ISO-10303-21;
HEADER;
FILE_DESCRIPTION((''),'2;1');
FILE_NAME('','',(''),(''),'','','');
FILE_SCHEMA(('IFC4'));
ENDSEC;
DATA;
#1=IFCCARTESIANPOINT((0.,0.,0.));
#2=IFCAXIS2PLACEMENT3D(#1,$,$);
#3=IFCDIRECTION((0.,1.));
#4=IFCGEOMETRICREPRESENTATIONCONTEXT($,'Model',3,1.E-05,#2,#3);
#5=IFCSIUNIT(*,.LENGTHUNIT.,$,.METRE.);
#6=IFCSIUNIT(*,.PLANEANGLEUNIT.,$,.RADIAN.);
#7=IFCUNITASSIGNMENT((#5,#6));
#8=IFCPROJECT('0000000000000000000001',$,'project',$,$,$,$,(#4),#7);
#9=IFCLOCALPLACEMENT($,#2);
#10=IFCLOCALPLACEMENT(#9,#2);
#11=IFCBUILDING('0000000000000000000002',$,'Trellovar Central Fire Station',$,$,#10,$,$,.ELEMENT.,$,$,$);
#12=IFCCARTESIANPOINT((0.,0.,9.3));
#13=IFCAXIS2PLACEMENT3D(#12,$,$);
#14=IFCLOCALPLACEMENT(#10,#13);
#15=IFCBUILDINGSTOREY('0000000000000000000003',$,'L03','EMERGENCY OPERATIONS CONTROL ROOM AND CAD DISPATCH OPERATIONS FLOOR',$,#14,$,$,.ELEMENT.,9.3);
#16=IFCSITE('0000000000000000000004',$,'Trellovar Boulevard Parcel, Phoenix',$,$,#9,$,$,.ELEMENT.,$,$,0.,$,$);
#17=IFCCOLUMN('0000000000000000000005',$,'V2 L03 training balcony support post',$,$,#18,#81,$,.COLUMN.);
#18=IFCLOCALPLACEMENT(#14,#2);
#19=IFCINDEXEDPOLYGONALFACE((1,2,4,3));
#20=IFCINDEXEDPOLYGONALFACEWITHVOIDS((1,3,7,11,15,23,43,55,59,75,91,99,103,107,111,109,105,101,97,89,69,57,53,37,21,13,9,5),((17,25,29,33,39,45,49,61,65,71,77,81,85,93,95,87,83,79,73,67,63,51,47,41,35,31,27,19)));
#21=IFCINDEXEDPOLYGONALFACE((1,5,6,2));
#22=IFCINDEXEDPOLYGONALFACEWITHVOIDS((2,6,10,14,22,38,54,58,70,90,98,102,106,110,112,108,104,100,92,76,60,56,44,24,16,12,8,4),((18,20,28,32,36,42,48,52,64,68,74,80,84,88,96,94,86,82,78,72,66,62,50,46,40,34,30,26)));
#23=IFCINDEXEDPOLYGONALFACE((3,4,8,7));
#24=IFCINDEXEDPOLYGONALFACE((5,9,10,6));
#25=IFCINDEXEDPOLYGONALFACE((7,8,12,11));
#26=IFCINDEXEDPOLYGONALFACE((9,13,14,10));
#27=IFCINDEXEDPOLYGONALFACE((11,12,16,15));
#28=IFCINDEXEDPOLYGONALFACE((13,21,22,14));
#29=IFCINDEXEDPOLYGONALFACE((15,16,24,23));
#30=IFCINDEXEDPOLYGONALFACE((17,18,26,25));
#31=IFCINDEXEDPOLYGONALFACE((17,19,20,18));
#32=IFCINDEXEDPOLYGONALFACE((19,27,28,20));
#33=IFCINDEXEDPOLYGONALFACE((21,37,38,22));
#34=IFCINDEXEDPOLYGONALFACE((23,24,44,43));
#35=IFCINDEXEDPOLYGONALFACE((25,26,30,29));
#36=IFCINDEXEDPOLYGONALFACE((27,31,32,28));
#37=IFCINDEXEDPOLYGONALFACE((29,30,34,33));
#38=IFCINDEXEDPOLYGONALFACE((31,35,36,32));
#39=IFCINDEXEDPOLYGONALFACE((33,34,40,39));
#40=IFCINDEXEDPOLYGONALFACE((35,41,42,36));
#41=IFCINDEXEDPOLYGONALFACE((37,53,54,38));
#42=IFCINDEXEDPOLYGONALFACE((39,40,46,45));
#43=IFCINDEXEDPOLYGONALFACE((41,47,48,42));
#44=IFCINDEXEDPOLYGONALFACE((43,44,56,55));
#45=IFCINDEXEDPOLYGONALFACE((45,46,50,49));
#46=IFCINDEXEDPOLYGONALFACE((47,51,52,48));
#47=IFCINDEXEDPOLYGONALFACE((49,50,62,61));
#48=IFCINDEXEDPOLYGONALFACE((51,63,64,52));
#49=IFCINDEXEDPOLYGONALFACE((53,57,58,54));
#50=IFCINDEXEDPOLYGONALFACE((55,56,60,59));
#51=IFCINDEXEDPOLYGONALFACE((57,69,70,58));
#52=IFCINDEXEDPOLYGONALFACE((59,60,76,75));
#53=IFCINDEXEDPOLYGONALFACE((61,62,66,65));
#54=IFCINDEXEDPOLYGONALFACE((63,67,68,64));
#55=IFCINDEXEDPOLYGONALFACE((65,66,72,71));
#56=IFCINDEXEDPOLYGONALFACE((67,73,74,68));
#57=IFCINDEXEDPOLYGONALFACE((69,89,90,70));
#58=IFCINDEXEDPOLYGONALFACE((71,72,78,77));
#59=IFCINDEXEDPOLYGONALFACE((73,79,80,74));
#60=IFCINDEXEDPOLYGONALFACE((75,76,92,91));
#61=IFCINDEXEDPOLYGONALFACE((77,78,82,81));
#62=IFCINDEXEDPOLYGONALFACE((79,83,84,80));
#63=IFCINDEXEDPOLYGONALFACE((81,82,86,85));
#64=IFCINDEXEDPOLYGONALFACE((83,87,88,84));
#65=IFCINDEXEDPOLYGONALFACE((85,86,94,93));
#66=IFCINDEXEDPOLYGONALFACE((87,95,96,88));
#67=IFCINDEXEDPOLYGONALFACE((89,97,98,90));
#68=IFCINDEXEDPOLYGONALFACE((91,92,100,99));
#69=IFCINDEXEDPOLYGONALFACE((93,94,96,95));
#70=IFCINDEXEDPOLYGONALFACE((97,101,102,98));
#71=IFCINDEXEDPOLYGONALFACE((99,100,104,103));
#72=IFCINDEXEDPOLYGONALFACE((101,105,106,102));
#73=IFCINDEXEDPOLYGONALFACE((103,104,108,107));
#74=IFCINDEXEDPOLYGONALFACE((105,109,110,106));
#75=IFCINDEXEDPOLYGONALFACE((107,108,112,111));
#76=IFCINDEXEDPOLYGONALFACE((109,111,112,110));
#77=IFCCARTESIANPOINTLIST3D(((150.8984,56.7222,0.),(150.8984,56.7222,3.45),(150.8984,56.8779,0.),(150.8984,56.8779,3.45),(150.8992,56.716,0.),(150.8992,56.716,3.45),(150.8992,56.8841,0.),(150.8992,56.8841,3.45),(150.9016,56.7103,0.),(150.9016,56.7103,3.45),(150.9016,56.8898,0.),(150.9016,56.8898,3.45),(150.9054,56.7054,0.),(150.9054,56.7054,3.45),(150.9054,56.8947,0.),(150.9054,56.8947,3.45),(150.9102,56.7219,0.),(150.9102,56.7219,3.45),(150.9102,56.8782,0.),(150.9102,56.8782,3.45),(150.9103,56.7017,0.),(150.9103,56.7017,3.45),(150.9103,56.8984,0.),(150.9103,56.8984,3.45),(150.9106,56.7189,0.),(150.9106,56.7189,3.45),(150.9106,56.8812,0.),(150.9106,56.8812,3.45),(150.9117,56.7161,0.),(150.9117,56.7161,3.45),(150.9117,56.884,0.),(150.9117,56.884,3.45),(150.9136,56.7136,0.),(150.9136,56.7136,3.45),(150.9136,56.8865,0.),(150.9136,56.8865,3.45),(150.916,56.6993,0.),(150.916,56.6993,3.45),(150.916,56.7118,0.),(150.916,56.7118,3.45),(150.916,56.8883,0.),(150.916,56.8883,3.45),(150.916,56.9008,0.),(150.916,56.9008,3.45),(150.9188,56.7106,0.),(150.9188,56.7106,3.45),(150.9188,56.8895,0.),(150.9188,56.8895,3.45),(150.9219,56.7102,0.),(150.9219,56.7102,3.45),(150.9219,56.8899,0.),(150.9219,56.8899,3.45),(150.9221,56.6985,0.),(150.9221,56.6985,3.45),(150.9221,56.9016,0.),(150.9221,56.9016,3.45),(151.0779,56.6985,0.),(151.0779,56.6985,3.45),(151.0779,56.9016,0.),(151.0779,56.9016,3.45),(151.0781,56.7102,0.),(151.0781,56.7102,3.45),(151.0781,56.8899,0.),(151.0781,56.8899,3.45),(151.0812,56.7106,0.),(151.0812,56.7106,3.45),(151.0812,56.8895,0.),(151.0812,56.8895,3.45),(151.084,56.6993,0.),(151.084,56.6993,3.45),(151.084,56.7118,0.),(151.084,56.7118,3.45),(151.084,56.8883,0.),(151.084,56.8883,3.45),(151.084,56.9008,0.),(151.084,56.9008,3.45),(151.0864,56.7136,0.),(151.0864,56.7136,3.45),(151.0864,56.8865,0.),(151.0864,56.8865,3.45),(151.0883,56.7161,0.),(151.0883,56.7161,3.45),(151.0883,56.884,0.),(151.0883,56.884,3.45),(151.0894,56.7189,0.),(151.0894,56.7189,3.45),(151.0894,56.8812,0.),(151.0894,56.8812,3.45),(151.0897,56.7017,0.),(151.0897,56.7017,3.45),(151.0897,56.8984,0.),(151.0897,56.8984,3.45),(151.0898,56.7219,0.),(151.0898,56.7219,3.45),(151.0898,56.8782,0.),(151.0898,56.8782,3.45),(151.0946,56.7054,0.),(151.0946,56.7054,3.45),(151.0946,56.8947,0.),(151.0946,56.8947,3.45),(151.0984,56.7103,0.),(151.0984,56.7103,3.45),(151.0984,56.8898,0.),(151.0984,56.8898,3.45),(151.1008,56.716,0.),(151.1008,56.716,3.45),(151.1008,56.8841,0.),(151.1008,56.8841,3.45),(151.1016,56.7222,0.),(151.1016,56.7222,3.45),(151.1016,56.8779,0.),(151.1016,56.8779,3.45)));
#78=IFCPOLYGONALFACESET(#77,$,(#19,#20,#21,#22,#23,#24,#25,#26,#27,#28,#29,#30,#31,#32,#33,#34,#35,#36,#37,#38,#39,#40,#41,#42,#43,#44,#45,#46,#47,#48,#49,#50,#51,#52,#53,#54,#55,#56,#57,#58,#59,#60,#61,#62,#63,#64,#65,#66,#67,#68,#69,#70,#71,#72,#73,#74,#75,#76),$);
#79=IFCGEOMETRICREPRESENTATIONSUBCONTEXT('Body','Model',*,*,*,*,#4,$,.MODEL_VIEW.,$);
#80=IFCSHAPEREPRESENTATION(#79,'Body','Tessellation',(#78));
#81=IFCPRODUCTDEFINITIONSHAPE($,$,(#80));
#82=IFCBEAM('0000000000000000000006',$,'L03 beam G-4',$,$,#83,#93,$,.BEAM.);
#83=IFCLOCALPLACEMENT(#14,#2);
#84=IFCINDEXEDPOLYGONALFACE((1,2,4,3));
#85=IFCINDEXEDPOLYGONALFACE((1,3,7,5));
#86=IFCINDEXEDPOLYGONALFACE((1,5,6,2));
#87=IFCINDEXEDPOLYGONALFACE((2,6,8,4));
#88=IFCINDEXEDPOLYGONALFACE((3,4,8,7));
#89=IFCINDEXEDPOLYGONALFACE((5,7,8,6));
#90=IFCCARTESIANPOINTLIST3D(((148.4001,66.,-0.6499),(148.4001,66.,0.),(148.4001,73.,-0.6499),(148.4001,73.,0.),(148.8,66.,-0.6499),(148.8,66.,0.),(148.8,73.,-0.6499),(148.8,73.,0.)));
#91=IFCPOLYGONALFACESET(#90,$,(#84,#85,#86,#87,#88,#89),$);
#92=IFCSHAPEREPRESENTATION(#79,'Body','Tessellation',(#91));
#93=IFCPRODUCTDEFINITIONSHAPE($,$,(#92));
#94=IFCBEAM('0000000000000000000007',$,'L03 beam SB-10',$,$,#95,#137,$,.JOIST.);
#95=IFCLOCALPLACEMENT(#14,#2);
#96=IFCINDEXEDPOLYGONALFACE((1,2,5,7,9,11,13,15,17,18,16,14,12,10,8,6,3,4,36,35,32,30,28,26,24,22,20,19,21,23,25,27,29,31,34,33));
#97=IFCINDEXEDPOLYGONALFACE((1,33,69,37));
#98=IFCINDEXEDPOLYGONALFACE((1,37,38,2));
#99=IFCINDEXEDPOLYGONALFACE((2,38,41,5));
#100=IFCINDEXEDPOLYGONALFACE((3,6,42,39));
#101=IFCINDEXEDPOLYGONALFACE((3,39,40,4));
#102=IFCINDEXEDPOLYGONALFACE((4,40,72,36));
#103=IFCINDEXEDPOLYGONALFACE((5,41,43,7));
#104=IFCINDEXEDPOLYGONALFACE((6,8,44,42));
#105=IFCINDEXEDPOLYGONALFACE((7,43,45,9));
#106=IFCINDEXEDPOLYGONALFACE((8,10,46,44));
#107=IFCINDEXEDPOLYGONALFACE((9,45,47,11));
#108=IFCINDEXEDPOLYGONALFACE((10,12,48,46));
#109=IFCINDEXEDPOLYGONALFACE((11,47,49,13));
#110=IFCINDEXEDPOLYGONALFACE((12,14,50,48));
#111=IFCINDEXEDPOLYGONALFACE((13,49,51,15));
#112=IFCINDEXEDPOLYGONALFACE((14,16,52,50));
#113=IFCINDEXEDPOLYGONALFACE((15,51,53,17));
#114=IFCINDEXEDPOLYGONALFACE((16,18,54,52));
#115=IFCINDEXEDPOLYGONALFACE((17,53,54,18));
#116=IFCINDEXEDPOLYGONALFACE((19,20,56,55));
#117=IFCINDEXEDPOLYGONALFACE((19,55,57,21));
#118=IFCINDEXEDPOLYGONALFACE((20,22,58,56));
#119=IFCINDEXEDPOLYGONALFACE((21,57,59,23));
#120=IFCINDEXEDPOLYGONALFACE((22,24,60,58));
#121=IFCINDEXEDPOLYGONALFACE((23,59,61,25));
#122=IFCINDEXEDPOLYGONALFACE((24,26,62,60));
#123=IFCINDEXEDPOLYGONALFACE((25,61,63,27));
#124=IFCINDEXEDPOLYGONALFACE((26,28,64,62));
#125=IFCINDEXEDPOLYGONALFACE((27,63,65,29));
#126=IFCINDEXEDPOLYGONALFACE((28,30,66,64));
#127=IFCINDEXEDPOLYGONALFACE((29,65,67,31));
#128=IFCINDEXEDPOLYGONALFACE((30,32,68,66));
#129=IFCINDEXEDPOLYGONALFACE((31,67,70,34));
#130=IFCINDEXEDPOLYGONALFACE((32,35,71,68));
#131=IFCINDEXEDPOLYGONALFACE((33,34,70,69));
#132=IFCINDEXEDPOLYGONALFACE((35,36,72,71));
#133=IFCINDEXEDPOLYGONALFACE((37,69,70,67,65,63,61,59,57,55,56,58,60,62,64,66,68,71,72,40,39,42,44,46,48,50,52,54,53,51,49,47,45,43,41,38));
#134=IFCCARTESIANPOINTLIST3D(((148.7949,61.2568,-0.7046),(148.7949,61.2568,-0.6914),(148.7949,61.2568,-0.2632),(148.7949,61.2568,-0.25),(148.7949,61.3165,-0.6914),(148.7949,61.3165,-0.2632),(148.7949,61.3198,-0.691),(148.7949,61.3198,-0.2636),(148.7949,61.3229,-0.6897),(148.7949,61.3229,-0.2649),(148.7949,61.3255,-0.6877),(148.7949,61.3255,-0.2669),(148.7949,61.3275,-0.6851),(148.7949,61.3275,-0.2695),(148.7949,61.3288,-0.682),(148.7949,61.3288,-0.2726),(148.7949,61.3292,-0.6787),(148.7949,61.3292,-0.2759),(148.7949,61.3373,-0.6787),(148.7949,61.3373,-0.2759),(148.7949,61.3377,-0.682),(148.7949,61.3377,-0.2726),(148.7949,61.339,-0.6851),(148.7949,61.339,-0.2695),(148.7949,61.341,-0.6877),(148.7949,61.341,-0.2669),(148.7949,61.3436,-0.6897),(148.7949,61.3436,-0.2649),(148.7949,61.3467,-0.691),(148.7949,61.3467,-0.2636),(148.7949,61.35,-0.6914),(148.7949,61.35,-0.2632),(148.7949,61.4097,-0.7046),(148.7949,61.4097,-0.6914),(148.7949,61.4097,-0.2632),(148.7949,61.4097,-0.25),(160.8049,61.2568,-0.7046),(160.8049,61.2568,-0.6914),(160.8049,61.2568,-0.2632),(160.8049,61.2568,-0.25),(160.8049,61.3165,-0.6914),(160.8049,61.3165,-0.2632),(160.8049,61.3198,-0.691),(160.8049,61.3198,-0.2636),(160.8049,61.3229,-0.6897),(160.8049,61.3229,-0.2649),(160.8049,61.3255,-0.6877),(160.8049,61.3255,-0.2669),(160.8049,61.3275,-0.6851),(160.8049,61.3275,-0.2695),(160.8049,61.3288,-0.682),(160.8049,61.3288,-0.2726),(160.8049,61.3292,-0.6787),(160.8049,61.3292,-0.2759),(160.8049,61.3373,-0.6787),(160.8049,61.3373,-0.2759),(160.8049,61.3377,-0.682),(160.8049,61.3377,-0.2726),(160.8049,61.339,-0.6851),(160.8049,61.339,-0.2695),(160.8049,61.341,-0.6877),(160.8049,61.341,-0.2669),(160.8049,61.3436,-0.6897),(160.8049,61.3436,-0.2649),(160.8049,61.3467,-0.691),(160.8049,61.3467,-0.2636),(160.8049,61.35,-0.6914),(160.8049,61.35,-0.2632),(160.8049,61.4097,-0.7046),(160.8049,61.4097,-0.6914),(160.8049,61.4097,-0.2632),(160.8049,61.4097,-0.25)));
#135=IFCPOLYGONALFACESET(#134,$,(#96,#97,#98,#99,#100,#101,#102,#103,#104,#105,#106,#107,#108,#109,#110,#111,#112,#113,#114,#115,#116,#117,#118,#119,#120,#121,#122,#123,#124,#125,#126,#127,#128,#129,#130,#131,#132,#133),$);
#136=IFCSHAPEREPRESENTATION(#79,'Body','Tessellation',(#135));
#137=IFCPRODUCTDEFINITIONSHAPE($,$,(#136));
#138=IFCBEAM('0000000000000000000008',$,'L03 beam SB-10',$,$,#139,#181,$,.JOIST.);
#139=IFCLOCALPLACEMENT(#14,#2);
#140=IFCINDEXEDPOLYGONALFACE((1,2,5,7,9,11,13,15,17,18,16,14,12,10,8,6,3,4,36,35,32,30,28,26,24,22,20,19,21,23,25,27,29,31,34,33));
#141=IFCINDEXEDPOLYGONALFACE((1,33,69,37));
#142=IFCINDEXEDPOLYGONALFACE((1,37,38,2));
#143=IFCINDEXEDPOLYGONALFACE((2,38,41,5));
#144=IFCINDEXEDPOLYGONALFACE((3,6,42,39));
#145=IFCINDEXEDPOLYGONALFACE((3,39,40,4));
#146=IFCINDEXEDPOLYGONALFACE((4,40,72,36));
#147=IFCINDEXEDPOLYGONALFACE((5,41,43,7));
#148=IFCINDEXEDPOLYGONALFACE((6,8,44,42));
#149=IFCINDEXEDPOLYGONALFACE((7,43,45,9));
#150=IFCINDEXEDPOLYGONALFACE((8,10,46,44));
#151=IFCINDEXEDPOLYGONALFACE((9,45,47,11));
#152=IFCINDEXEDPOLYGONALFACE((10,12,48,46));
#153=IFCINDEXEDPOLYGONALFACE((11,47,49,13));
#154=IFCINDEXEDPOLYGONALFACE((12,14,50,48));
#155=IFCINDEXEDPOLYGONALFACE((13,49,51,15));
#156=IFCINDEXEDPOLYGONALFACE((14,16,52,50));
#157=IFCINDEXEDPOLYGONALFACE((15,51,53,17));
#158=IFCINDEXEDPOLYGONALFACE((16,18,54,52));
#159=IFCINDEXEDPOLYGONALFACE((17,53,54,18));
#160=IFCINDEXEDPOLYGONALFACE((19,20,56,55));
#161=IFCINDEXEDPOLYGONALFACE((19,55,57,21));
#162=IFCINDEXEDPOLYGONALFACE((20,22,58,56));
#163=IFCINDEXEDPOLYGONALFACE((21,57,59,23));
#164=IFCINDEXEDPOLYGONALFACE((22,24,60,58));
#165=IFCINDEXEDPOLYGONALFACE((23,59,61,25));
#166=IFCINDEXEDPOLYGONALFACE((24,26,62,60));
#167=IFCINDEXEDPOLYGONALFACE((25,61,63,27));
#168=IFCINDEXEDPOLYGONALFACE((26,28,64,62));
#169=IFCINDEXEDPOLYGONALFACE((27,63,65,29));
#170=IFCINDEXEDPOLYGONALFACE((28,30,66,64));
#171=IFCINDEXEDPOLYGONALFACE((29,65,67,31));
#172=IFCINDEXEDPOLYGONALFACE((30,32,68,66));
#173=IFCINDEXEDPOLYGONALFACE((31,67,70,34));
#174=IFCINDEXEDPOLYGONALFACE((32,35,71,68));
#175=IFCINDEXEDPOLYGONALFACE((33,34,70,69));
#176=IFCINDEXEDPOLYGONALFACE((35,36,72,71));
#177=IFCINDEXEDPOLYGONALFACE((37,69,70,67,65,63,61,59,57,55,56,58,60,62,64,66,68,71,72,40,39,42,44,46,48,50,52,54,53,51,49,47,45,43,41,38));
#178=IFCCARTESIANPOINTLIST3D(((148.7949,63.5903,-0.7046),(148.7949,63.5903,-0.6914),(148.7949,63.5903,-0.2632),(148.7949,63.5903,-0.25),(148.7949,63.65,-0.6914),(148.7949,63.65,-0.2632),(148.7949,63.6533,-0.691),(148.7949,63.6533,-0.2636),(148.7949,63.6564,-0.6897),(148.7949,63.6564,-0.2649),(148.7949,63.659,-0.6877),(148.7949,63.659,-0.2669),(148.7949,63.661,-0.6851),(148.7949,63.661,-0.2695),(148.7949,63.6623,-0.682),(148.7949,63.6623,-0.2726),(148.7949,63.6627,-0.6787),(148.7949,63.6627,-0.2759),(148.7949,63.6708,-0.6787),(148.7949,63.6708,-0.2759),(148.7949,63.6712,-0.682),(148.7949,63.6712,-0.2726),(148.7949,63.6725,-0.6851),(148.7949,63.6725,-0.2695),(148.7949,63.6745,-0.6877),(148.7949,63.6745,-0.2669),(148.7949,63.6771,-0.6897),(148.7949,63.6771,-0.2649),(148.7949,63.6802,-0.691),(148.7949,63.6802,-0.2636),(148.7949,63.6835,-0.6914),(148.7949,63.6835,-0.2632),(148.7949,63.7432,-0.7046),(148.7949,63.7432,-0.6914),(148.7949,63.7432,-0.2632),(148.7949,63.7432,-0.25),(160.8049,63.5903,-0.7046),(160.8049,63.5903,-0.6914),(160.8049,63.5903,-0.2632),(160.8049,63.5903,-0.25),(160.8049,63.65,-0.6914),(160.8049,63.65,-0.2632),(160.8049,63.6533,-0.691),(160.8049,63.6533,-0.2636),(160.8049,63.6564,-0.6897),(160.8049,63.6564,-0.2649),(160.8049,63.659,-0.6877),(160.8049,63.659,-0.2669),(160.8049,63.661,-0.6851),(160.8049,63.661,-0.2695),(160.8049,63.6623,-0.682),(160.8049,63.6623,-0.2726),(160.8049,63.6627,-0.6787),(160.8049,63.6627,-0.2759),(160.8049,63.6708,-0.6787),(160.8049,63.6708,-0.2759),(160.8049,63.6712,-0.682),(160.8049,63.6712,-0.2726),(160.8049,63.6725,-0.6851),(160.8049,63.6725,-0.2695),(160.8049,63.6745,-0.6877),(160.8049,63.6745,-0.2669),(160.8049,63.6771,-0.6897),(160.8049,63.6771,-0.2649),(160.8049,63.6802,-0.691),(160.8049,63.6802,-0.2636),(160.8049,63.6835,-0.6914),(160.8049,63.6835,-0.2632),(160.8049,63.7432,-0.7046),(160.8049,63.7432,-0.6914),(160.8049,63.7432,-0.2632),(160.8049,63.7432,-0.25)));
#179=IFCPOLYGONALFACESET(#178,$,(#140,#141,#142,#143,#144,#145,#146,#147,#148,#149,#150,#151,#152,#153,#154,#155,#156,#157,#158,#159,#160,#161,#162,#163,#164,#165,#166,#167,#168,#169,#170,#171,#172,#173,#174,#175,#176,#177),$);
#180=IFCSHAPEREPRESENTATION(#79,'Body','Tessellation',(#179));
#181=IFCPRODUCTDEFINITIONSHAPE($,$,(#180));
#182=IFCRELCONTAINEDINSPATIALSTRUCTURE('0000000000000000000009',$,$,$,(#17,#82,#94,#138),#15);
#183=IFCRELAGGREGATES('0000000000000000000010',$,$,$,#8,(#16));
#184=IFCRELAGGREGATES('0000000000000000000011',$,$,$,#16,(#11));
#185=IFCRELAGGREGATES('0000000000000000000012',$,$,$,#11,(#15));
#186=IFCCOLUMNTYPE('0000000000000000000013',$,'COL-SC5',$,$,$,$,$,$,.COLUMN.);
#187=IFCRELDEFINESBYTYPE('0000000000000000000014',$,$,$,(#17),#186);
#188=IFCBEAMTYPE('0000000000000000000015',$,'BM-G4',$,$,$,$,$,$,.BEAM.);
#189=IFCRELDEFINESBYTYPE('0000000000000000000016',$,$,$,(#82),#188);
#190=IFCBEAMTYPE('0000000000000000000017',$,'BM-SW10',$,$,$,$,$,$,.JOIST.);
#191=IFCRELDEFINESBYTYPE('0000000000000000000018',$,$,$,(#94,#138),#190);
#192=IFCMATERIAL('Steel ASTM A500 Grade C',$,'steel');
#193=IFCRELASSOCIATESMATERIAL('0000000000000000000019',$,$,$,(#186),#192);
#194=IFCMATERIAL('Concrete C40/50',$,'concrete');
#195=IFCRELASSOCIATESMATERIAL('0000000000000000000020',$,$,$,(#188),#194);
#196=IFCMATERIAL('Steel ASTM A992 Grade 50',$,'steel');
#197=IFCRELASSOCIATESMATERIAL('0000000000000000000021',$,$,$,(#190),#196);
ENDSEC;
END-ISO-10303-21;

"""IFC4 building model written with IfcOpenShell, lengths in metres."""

from ifc_helpers import new_model, si_unit, direction, frame, origin, origin_2d, place, context, subcontext, project, spatial, rectangle, hollow_rectangle, i_section, extrude, material, material_profile, profile_set, type_object, element, save


model = new_model("IFC4")

# Units and contexts
model_context = context("Model", 3, precision=1e-05, world=origin(), true_north=direction((0.0, 1.0)))
body_context = subcontext(model_context, "Body", "Model", "MODEL_VIEW")
ifc_project = project(units=[si_unit("LENGTHUNIT", "METRE"), si_unit("PLANEANGLEUNIT", "RADIAN")], contexts=[model_context])

# Site, building, storey
site_placement = place(None, origin())
site = spatial("IfcSite", under=ifc_project, at=site_placement, Name="Trellovar Boulevard Parcel, Phoenix", CompositionType="ELEMENT", RefElevation=0.0)
building_placement = place(site_placement, origin())
building = spatial("IfcBuilding", under=site, at=building_placement, Name="Trellovar Central Fire Station", CompositionType="ELEMENT")
storey_placement = place(building_placement, frame((0.0, 0.0, 9.3)))
storey = spatial("IfcBuildingStorey", under=building, at=storey_placement, Name="L03", Description="EMERGENCY OPERATIONS CONTROL ROOM AND CAD DISPATCH OPERATIONS FLOOR", CompositionType="ELEMENT", Elevation=9.3)

# Column
ifc_material_1 = material(Name="Steel ASTM A500 Grade C", Category="steel")
ifc_material_profile_1 = material_profile(ifc_material_1, hollow_rectangle(XDim=0.2031, YDim=0.2031, WallThickness=0.0117, InnerFilletRadius=0.0117, OuterFilletRadius=0.0237, at=origin_2d()), Name="HSS8X8X1/2")
ifc_profile_set_1 = profile_set([ifc_material_profile_1], Name="Steel ASTM A500 Grade C")
column_type = type_object("IfcColumnType", Name="COL-SC5", PredefinedType="COLUMN", material=ifc_profile_set_1)
column_placement = place(storey_placement, frame((151.0, 56.8, 0.0), z_axis=(0.0, 0.0, 1.0), x_axis=(1.0, 0.0, 0.0)))
element("IfcColumn", 1, at=column_placement, inside=storey, type_object=column_type, Name="V2 L03 training balcony support post", PredefinedType="COLUMN", context=body_context, shape_type="SweptSolid", body=[
    extrude(hollow_rectangle(XDim=0.2031, YDim=0.2031, WallThickness=0.0117, InnerFilletRadius=0.0117, OuterFilletRadius=0.0237, at=origin_2d()), origin(), (0.0, 0.0, 1.0), 3.45),
])

# Beams
ifc_material_2 = material(Name="Concrete C40/50", Category="concrete")
ifc_material_profile_2 = material_profile(ifc_material_2, rectangle(XDim=0.3999, YDim=0.6499, at=origin_2d()), Name="RC400X650")
ifc_profile_set_2 = profile_set([ifc_material_profile_2], Name="Concrete C40/50")
beam_type_1 = type_object("IfcBeamType", Name="BM-G4", PredefinedType="BEAM", material=ifc_profile_set_2)
beam_1_placement = place(storey_placement, frame((148.6001, 66.0, -0.325), z_axis=(0.0, 1.0, 0.0), x_axis=(-1.0, 0.0, 0.0)))
element("IfcBeam", 2, at=beam_1_placement, inside=storey, type_object=beam_type_1, Name="L03 beam G-4", PredefinedType="BEAM", context=body_context, shape_type="SweptSolid", body=[
    extrude(rectangle(XDim=0.3999, YDim=0.6499, at=origin_2d()), origin(), (0.0, 0.0, 1.0), 7.0),
])
ifc_material_3 = material(Name="Steel ASTM A992 Grade 50", Category="steel")
ifc_material_profile_3 = material_profile(ifc_material_3, i_section(OverallWidth=0.1528, OverallDepth=0.4546, WebThickness=0.0081, FlangeThickness=0.0132, FilletRadius=0.0127, at=origin_2d()), Name="W18X40")
ifc_profile_set_3 = profile_set([ifc_material_profile_3], Name="Steel ASTM A992 Grade 50")
beam_type_2 = type_object("IfcBeamType", Name="BM-SW10", PredefinedType="JOIST", material=ifc_profile_set_3)
for number, where, z_axis, x_axis, name in (
    (3, (148.7949, 61.3333, -0.4773), (1.0, 0.0, 0.0), (0.0, 1.0, 0.0), "L03 beam SB-10"),
    (4, (148.7949, 63.6667, -0.4773), (1.0, 0.0, 0.0), (0.0, 1.0, 0.0), "L03 beam SB-10"),
):
    element("IfcBeam", number, at=place(storey_placement, frame(where, z_axis=z_axis, x_axis=x_axis)), inside=storey, type_object=beam_type_2, Name=name, PredefinedType="JOIST", context=body_context, shape_type="SweptSolid", body=[
        extrude(i_section(OverallWidth=0.1528, OverallDepth=0.4546, WebThickness=0.0081, FlangeThickness=0.0132, FilletRadius=0.0127, at=origin_2d()), origin(), (0.0, 0.0, 1.0), 12.01),
    ])

save(model, "model.ifc")
